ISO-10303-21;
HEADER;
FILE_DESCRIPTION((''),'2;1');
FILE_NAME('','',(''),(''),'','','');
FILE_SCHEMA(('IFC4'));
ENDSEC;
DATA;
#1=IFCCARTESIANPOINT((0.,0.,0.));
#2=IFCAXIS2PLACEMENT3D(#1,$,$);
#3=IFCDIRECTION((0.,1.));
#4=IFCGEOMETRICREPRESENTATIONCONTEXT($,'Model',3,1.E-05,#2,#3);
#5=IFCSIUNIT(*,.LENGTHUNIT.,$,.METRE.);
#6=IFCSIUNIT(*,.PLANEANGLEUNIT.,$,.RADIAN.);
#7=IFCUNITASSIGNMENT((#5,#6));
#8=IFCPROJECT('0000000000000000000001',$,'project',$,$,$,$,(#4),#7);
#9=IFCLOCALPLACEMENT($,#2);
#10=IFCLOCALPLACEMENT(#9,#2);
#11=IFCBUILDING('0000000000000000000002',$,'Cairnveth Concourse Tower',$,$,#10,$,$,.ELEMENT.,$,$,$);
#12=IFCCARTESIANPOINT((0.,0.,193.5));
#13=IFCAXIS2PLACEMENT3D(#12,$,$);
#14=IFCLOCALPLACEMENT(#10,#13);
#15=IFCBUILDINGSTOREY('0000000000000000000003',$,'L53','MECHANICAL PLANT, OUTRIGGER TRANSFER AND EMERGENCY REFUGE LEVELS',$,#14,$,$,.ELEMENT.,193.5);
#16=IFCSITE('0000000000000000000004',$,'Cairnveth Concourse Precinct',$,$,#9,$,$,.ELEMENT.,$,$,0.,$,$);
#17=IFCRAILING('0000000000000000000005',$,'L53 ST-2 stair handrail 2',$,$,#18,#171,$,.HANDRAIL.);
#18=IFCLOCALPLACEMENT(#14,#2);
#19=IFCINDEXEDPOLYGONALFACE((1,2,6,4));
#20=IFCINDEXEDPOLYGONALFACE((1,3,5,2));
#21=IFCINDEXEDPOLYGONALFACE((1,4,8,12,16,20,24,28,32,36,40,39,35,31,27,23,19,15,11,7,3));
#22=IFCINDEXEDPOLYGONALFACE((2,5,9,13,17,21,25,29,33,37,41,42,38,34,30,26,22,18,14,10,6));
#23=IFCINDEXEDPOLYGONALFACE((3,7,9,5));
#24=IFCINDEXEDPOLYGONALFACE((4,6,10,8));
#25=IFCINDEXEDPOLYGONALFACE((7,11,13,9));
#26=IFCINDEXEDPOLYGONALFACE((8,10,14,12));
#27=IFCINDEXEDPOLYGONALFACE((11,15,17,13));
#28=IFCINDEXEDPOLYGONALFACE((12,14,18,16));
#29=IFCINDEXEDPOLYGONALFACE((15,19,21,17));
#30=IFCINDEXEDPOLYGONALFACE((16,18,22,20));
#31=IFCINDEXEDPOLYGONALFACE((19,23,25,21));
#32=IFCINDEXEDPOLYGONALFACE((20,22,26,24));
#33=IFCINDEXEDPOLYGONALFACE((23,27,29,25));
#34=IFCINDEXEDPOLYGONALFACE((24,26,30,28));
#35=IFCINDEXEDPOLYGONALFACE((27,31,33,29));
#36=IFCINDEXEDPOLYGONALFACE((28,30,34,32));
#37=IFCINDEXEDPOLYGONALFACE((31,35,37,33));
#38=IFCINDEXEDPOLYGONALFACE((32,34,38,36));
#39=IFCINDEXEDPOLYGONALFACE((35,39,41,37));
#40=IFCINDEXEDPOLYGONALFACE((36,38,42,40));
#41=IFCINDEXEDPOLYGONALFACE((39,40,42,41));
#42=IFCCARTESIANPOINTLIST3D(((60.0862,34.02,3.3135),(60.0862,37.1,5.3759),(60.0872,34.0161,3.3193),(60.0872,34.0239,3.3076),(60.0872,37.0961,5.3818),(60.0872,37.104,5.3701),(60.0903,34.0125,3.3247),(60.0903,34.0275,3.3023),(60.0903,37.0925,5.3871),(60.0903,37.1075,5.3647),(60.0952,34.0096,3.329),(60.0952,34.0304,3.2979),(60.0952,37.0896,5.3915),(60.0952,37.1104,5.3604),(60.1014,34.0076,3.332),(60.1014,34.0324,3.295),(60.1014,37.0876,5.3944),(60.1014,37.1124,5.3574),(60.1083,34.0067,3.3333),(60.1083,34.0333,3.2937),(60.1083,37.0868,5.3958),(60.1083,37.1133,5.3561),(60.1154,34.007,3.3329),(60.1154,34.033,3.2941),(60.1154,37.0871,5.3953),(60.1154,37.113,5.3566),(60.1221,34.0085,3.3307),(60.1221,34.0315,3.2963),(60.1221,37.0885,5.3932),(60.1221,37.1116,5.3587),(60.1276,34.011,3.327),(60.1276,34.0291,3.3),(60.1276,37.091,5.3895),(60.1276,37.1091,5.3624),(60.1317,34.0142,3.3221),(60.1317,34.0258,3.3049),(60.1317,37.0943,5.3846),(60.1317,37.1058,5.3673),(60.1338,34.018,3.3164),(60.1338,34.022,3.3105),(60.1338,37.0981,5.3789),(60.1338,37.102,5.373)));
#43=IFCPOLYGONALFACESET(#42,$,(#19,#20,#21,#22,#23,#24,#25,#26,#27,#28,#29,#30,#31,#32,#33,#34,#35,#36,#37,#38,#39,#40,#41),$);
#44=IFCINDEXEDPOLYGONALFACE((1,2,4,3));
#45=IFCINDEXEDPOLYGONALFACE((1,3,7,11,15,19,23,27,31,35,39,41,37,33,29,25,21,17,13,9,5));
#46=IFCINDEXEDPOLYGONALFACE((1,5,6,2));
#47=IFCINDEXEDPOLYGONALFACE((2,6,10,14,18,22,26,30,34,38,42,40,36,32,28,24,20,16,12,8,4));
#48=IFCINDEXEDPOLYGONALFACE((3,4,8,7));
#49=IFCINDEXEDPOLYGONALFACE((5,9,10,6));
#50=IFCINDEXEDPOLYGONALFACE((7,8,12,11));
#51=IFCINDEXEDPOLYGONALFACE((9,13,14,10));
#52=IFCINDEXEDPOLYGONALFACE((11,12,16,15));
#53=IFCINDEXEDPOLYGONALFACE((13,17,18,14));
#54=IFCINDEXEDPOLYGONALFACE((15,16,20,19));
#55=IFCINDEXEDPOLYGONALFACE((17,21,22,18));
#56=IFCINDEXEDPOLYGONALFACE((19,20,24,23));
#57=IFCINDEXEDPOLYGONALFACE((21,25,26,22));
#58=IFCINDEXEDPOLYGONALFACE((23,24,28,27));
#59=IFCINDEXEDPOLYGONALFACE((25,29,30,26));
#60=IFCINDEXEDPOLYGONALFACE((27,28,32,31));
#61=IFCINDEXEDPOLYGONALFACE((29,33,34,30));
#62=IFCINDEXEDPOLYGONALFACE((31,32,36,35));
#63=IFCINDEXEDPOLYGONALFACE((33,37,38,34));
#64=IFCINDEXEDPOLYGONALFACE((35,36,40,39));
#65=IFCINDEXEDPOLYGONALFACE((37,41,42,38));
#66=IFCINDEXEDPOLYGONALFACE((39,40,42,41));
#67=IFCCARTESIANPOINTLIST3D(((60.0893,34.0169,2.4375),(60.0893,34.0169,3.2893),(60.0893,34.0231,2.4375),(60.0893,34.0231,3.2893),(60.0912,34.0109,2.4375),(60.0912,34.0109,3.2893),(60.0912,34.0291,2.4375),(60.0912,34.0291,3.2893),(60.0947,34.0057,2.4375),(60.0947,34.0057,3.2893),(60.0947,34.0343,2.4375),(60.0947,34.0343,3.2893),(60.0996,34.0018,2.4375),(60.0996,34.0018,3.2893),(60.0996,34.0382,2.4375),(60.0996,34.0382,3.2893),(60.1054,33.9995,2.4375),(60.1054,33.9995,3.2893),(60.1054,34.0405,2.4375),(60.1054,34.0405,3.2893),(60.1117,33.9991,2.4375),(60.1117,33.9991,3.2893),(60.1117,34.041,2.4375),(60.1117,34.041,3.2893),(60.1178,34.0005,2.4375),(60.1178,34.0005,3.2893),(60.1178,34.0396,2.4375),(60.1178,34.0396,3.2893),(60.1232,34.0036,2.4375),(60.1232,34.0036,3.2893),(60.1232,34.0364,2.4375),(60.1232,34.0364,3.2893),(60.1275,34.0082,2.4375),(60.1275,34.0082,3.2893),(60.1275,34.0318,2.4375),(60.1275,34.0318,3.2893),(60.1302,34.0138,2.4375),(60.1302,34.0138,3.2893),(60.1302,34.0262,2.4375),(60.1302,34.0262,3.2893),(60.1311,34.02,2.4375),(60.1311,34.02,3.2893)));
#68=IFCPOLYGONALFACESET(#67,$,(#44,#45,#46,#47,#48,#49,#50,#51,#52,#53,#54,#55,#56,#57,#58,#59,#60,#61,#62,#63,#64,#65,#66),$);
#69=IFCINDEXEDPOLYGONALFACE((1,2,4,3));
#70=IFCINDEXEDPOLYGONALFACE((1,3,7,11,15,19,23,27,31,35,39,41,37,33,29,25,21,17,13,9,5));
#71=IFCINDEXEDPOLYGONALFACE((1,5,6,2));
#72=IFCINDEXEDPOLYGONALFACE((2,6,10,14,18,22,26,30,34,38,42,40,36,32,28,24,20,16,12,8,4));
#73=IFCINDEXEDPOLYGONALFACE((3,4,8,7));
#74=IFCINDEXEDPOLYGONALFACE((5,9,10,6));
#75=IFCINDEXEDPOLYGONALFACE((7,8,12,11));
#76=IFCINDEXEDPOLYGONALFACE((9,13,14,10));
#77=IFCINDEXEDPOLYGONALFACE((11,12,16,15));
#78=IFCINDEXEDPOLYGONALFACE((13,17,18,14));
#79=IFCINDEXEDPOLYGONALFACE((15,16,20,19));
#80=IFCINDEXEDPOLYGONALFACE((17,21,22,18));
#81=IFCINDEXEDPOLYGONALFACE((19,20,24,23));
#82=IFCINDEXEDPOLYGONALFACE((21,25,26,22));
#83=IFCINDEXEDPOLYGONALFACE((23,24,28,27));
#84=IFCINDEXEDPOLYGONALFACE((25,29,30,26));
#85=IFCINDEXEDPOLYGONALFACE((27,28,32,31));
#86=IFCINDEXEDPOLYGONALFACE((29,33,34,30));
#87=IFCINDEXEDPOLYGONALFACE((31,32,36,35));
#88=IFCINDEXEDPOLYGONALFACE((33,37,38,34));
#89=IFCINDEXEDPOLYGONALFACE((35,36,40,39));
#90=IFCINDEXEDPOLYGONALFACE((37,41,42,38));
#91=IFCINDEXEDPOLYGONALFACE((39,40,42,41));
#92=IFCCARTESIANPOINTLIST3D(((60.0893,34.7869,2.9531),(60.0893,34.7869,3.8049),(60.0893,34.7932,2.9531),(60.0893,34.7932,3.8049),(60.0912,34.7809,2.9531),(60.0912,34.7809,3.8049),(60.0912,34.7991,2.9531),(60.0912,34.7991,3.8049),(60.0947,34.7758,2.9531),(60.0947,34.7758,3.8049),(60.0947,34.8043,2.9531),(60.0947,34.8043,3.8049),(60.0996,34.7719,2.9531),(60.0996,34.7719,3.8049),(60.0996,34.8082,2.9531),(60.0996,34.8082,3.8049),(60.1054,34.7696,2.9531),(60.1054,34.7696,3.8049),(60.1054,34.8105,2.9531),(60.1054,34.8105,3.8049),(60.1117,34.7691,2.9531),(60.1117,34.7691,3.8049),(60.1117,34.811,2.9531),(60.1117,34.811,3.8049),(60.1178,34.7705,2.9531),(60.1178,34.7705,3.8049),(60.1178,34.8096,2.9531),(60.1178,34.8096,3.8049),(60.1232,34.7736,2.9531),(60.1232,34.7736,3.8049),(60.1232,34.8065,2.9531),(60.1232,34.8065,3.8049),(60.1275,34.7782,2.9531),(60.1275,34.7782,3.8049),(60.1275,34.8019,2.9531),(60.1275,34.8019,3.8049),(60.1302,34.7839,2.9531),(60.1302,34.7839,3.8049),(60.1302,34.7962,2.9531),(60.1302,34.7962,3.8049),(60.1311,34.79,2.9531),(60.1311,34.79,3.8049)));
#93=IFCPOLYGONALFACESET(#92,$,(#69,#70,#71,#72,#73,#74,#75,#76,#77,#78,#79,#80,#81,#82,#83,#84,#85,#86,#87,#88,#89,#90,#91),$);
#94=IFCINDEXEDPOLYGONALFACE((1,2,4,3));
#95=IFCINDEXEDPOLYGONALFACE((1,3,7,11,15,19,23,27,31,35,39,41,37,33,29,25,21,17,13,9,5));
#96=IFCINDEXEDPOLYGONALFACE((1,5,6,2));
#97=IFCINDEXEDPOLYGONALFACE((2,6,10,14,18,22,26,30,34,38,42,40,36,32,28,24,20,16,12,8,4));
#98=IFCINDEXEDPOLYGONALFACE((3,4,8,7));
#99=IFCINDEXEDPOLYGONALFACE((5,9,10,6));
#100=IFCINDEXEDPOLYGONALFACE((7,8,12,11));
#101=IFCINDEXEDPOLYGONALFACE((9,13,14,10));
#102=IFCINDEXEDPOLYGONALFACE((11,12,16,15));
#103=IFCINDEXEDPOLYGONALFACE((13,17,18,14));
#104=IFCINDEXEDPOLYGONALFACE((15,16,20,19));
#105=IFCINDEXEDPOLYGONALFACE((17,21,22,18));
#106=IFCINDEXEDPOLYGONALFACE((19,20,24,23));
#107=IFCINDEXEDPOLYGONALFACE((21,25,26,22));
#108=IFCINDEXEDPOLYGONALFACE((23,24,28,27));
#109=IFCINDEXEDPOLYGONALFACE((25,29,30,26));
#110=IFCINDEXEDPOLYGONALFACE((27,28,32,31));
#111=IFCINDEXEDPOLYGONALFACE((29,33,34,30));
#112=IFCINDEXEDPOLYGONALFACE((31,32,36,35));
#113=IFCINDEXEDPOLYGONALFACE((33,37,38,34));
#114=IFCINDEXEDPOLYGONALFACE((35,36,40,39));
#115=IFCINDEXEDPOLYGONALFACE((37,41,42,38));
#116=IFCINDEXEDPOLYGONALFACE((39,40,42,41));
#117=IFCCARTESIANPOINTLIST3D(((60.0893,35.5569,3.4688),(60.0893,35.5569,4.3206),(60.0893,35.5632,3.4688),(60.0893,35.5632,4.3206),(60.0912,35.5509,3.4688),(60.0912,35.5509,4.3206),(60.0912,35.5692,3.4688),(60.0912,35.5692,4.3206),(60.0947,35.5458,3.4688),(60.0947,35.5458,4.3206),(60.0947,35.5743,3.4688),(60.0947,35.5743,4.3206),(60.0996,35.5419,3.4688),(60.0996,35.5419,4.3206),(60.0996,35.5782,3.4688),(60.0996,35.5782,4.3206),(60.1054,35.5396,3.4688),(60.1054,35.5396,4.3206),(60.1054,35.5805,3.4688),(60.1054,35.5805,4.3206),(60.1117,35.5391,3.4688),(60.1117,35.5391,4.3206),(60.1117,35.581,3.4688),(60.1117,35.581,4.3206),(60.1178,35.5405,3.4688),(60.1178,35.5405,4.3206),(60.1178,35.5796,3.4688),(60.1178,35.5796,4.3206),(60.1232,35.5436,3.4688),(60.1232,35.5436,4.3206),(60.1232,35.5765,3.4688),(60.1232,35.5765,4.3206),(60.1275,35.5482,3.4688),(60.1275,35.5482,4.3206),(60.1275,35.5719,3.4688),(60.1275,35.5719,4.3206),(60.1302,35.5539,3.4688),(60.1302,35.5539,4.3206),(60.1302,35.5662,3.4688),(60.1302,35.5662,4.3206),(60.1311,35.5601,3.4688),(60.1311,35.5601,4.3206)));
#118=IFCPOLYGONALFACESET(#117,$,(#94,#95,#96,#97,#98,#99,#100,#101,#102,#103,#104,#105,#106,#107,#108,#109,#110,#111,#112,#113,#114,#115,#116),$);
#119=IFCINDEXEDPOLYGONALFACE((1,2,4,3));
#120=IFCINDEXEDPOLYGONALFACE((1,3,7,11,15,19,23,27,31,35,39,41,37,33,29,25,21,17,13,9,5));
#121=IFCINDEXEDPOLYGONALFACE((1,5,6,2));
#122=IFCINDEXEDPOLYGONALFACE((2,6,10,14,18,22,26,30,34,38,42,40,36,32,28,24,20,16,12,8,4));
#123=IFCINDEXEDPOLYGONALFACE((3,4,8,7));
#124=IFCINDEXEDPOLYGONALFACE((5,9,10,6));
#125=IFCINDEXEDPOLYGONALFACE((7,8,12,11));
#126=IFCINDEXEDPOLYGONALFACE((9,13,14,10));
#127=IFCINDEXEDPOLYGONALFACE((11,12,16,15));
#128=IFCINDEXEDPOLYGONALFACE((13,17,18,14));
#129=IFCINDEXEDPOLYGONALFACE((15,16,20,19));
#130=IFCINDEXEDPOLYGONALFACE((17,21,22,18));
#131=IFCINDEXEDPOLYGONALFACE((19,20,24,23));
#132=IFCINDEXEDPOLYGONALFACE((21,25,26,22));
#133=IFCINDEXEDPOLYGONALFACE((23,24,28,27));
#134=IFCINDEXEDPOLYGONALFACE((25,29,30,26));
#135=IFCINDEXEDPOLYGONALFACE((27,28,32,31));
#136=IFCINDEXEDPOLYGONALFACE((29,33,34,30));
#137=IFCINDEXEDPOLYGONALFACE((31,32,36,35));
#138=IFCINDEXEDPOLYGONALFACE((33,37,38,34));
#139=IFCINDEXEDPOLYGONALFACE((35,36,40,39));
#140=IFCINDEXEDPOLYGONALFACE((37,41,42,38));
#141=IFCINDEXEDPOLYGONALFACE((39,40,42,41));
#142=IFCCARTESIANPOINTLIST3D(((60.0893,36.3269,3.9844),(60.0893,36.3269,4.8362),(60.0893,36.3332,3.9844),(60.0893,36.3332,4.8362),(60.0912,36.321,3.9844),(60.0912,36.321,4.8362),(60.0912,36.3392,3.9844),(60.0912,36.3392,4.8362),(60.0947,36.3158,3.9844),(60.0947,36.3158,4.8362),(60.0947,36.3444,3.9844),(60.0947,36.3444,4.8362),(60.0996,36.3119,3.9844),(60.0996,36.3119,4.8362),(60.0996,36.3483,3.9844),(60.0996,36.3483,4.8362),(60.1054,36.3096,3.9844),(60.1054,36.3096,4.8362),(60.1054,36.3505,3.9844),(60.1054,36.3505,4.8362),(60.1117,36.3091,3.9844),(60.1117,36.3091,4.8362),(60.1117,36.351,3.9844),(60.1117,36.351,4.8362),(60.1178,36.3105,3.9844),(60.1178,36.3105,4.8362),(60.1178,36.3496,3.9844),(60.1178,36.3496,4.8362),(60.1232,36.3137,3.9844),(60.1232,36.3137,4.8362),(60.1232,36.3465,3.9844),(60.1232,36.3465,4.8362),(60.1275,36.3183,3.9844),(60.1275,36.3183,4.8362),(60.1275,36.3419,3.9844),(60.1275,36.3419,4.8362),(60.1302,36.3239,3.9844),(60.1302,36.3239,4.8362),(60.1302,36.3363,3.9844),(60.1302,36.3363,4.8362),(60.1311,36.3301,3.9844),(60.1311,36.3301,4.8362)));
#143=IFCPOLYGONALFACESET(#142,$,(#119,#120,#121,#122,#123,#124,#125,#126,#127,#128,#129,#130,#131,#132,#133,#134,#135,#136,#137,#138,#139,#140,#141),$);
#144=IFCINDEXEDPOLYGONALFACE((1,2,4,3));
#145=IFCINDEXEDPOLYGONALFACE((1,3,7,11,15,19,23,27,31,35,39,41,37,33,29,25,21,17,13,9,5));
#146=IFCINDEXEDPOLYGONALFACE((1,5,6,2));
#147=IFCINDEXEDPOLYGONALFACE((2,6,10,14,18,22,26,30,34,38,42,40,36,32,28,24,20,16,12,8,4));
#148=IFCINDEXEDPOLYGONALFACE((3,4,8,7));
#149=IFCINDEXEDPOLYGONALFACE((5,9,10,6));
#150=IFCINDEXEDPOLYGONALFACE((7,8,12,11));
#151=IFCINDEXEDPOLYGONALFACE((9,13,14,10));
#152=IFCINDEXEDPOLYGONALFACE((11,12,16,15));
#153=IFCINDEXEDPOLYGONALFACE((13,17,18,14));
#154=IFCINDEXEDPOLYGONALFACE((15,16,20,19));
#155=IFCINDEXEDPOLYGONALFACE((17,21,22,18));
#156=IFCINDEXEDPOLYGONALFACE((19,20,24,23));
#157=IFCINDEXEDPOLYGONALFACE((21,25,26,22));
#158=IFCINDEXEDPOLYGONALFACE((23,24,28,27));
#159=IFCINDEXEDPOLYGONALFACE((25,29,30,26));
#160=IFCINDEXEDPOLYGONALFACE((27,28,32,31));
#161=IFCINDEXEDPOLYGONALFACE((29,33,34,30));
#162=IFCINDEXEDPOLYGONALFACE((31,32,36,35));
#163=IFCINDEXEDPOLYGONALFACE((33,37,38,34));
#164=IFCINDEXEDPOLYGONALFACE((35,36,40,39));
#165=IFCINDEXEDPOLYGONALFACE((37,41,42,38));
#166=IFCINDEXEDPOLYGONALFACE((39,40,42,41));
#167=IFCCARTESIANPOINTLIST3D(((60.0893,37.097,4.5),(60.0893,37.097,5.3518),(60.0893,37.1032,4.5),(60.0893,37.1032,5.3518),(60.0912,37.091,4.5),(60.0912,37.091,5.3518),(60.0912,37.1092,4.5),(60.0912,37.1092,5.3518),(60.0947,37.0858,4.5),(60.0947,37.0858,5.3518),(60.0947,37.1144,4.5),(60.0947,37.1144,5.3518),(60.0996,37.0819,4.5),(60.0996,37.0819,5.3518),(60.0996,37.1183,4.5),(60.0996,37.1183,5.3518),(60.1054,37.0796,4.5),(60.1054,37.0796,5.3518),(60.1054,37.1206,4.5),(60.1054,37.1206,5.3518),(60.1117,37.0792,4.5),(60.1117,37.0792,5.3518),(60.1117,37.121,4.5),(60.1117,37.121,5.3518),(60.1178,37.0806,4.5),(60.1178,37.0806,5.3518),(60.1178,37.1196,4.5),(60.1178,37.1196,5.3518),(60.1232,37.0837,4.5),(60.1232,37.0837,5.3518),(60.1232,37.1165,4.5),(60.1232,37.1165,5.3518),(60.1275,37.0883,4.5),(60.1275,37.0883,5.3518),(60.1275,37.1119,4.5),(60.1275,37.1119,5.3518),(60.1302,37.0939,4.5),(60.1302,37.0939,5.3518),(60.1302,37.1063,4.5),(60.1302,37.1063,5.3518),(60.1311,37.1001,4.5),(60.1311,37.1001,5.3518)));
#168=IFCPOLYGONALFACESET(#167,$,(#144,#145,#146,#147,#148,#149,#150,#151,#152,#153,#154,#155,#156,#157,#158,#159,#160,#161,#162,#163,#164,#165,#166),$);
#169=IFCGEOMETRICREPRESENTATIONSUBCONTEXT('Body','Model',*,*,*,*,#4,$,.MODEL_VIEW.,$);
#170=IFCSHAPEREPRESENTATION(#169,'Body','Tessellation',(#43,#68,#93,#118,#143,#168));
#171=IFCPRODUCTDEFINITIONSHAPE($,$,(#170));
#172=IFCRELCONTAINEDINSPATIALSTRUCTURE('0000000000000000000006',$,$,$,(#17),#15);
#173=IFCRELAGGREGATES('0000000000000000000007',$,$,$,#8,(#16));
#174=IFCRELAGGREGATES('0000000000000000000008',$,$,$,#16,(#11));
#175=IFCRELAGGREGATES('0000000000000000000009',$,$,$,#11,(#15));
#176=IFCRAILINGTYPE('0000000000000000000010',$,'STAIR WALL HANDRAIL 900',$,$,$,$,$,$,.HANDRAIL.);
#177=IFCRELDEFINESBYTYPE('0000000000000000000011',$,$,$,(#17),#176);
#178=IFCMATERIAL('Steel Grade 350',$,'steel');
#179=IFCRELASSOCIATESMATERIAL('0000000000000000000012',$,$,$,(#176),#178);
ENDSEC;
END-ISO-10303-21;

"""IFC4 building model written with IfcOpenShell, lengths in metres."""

from ifc_helpers import new_model, si_unit, direction, frame, origin, origin_2d, place, context, subcontext, project, spatial, circle, extrude, material, type_object, element, save


model = new_model("IFC4")

# Units and contexts
model_context = context("Model", 3, precision=1e-05, world=origin(), true_north=direction((0.0, 1.0)))
body_context = subcontext(model_context, "Body", "Model", "MODEL_VIEW")
ifc_project = project(units=[si_unit("LENGTHUNIT", "METRE"), si_unit("PLANEANGLEUNIT", "RADIAN")], contexts=[model_context])

# Site, building, storey
site_placement = place(None, origin())
site = spatial("IfcSite", under=ifc_project, at=site_placement, Name="Cairnveth Concourse Precinct", CompositionType="ELEMENT", RefElevation=0.0)
building_placement = place(site_placement, origin())
building = spatial("IfcBuilding", under=site, at=building_placement, Name="Cairnveth Concourse Tower", CompositionType="ELEMENT")
storey_placement = place(building_placement, frame((0.0, 0.0, 193.5)))
storey = spatial("IfcBuildingStorey", under=building, at=storey_placement, Name="L53", Description="MECHANICAL PLANT, OUTRIGGER TRANSFER AND EMERGENCY REFUGE LEVELS", CompositionType="ELEMENT", Elevation=193.5)

# Shared definitions
ifc_material_1 = material(Name="Steel Grade 350", Category="steel")

# Railing
railing_type_1 = type_object("IfcRailingType", Name="STAIR WALL HANDRAIL 900", PredefinedType="HANDRAIL", material=ifc_material_1)
railing_1_placement = place(storey_placement, frame((60.1101, 34.02, 2.4375)))
element("IfcRailing", 1, at=railing_1_placement, inside=storey, type_object=railing_type_1, Name="L53 ST-2 stair handrail 2", PredefinedType="HANDRAIL", context=body_context, shape_type="SweptSolid", body=[
    extrude(circle(Radius=0.0239, at=origin_2d()), frame((0.0, 0.0, 0.876), z_axis=(0.0, 0.830914, 0.556401), x_axis=(-1.0, 0.0, 0.0)), (0.0, 0.0, 1.0), 3.7068),
    extrude(circle(Radius=0.021, at=origin_2d()), origin(), (0.0, 0.0, 1.0), 0.8518),
    extrude(circle(Radius=0.021, at=origin_2d()), frame((0.0, 0.77, 0.5156)), (0.0, 0.0, 1.0), 0.8518),
    extrude(circle(Radius=0.021, at=origin_2d()), frame((0.0, 1.54, 1.0312)), (0.0, 0.0, 1.0), 0.8518),
    extrude(circle(Radius=0.021, at=origin_2d()), frame((0.0, 2.3101, 1.5469)), (0.0, 0.0, 1.0), 0.8518),
    extrude(circle(Radius=0.021, at=origin_2d()), frame((0.0, 3.0801, 2.0625)), (0.0, 0.0, 1.0), 0.8518),
])

save(model, "model.ifc")
